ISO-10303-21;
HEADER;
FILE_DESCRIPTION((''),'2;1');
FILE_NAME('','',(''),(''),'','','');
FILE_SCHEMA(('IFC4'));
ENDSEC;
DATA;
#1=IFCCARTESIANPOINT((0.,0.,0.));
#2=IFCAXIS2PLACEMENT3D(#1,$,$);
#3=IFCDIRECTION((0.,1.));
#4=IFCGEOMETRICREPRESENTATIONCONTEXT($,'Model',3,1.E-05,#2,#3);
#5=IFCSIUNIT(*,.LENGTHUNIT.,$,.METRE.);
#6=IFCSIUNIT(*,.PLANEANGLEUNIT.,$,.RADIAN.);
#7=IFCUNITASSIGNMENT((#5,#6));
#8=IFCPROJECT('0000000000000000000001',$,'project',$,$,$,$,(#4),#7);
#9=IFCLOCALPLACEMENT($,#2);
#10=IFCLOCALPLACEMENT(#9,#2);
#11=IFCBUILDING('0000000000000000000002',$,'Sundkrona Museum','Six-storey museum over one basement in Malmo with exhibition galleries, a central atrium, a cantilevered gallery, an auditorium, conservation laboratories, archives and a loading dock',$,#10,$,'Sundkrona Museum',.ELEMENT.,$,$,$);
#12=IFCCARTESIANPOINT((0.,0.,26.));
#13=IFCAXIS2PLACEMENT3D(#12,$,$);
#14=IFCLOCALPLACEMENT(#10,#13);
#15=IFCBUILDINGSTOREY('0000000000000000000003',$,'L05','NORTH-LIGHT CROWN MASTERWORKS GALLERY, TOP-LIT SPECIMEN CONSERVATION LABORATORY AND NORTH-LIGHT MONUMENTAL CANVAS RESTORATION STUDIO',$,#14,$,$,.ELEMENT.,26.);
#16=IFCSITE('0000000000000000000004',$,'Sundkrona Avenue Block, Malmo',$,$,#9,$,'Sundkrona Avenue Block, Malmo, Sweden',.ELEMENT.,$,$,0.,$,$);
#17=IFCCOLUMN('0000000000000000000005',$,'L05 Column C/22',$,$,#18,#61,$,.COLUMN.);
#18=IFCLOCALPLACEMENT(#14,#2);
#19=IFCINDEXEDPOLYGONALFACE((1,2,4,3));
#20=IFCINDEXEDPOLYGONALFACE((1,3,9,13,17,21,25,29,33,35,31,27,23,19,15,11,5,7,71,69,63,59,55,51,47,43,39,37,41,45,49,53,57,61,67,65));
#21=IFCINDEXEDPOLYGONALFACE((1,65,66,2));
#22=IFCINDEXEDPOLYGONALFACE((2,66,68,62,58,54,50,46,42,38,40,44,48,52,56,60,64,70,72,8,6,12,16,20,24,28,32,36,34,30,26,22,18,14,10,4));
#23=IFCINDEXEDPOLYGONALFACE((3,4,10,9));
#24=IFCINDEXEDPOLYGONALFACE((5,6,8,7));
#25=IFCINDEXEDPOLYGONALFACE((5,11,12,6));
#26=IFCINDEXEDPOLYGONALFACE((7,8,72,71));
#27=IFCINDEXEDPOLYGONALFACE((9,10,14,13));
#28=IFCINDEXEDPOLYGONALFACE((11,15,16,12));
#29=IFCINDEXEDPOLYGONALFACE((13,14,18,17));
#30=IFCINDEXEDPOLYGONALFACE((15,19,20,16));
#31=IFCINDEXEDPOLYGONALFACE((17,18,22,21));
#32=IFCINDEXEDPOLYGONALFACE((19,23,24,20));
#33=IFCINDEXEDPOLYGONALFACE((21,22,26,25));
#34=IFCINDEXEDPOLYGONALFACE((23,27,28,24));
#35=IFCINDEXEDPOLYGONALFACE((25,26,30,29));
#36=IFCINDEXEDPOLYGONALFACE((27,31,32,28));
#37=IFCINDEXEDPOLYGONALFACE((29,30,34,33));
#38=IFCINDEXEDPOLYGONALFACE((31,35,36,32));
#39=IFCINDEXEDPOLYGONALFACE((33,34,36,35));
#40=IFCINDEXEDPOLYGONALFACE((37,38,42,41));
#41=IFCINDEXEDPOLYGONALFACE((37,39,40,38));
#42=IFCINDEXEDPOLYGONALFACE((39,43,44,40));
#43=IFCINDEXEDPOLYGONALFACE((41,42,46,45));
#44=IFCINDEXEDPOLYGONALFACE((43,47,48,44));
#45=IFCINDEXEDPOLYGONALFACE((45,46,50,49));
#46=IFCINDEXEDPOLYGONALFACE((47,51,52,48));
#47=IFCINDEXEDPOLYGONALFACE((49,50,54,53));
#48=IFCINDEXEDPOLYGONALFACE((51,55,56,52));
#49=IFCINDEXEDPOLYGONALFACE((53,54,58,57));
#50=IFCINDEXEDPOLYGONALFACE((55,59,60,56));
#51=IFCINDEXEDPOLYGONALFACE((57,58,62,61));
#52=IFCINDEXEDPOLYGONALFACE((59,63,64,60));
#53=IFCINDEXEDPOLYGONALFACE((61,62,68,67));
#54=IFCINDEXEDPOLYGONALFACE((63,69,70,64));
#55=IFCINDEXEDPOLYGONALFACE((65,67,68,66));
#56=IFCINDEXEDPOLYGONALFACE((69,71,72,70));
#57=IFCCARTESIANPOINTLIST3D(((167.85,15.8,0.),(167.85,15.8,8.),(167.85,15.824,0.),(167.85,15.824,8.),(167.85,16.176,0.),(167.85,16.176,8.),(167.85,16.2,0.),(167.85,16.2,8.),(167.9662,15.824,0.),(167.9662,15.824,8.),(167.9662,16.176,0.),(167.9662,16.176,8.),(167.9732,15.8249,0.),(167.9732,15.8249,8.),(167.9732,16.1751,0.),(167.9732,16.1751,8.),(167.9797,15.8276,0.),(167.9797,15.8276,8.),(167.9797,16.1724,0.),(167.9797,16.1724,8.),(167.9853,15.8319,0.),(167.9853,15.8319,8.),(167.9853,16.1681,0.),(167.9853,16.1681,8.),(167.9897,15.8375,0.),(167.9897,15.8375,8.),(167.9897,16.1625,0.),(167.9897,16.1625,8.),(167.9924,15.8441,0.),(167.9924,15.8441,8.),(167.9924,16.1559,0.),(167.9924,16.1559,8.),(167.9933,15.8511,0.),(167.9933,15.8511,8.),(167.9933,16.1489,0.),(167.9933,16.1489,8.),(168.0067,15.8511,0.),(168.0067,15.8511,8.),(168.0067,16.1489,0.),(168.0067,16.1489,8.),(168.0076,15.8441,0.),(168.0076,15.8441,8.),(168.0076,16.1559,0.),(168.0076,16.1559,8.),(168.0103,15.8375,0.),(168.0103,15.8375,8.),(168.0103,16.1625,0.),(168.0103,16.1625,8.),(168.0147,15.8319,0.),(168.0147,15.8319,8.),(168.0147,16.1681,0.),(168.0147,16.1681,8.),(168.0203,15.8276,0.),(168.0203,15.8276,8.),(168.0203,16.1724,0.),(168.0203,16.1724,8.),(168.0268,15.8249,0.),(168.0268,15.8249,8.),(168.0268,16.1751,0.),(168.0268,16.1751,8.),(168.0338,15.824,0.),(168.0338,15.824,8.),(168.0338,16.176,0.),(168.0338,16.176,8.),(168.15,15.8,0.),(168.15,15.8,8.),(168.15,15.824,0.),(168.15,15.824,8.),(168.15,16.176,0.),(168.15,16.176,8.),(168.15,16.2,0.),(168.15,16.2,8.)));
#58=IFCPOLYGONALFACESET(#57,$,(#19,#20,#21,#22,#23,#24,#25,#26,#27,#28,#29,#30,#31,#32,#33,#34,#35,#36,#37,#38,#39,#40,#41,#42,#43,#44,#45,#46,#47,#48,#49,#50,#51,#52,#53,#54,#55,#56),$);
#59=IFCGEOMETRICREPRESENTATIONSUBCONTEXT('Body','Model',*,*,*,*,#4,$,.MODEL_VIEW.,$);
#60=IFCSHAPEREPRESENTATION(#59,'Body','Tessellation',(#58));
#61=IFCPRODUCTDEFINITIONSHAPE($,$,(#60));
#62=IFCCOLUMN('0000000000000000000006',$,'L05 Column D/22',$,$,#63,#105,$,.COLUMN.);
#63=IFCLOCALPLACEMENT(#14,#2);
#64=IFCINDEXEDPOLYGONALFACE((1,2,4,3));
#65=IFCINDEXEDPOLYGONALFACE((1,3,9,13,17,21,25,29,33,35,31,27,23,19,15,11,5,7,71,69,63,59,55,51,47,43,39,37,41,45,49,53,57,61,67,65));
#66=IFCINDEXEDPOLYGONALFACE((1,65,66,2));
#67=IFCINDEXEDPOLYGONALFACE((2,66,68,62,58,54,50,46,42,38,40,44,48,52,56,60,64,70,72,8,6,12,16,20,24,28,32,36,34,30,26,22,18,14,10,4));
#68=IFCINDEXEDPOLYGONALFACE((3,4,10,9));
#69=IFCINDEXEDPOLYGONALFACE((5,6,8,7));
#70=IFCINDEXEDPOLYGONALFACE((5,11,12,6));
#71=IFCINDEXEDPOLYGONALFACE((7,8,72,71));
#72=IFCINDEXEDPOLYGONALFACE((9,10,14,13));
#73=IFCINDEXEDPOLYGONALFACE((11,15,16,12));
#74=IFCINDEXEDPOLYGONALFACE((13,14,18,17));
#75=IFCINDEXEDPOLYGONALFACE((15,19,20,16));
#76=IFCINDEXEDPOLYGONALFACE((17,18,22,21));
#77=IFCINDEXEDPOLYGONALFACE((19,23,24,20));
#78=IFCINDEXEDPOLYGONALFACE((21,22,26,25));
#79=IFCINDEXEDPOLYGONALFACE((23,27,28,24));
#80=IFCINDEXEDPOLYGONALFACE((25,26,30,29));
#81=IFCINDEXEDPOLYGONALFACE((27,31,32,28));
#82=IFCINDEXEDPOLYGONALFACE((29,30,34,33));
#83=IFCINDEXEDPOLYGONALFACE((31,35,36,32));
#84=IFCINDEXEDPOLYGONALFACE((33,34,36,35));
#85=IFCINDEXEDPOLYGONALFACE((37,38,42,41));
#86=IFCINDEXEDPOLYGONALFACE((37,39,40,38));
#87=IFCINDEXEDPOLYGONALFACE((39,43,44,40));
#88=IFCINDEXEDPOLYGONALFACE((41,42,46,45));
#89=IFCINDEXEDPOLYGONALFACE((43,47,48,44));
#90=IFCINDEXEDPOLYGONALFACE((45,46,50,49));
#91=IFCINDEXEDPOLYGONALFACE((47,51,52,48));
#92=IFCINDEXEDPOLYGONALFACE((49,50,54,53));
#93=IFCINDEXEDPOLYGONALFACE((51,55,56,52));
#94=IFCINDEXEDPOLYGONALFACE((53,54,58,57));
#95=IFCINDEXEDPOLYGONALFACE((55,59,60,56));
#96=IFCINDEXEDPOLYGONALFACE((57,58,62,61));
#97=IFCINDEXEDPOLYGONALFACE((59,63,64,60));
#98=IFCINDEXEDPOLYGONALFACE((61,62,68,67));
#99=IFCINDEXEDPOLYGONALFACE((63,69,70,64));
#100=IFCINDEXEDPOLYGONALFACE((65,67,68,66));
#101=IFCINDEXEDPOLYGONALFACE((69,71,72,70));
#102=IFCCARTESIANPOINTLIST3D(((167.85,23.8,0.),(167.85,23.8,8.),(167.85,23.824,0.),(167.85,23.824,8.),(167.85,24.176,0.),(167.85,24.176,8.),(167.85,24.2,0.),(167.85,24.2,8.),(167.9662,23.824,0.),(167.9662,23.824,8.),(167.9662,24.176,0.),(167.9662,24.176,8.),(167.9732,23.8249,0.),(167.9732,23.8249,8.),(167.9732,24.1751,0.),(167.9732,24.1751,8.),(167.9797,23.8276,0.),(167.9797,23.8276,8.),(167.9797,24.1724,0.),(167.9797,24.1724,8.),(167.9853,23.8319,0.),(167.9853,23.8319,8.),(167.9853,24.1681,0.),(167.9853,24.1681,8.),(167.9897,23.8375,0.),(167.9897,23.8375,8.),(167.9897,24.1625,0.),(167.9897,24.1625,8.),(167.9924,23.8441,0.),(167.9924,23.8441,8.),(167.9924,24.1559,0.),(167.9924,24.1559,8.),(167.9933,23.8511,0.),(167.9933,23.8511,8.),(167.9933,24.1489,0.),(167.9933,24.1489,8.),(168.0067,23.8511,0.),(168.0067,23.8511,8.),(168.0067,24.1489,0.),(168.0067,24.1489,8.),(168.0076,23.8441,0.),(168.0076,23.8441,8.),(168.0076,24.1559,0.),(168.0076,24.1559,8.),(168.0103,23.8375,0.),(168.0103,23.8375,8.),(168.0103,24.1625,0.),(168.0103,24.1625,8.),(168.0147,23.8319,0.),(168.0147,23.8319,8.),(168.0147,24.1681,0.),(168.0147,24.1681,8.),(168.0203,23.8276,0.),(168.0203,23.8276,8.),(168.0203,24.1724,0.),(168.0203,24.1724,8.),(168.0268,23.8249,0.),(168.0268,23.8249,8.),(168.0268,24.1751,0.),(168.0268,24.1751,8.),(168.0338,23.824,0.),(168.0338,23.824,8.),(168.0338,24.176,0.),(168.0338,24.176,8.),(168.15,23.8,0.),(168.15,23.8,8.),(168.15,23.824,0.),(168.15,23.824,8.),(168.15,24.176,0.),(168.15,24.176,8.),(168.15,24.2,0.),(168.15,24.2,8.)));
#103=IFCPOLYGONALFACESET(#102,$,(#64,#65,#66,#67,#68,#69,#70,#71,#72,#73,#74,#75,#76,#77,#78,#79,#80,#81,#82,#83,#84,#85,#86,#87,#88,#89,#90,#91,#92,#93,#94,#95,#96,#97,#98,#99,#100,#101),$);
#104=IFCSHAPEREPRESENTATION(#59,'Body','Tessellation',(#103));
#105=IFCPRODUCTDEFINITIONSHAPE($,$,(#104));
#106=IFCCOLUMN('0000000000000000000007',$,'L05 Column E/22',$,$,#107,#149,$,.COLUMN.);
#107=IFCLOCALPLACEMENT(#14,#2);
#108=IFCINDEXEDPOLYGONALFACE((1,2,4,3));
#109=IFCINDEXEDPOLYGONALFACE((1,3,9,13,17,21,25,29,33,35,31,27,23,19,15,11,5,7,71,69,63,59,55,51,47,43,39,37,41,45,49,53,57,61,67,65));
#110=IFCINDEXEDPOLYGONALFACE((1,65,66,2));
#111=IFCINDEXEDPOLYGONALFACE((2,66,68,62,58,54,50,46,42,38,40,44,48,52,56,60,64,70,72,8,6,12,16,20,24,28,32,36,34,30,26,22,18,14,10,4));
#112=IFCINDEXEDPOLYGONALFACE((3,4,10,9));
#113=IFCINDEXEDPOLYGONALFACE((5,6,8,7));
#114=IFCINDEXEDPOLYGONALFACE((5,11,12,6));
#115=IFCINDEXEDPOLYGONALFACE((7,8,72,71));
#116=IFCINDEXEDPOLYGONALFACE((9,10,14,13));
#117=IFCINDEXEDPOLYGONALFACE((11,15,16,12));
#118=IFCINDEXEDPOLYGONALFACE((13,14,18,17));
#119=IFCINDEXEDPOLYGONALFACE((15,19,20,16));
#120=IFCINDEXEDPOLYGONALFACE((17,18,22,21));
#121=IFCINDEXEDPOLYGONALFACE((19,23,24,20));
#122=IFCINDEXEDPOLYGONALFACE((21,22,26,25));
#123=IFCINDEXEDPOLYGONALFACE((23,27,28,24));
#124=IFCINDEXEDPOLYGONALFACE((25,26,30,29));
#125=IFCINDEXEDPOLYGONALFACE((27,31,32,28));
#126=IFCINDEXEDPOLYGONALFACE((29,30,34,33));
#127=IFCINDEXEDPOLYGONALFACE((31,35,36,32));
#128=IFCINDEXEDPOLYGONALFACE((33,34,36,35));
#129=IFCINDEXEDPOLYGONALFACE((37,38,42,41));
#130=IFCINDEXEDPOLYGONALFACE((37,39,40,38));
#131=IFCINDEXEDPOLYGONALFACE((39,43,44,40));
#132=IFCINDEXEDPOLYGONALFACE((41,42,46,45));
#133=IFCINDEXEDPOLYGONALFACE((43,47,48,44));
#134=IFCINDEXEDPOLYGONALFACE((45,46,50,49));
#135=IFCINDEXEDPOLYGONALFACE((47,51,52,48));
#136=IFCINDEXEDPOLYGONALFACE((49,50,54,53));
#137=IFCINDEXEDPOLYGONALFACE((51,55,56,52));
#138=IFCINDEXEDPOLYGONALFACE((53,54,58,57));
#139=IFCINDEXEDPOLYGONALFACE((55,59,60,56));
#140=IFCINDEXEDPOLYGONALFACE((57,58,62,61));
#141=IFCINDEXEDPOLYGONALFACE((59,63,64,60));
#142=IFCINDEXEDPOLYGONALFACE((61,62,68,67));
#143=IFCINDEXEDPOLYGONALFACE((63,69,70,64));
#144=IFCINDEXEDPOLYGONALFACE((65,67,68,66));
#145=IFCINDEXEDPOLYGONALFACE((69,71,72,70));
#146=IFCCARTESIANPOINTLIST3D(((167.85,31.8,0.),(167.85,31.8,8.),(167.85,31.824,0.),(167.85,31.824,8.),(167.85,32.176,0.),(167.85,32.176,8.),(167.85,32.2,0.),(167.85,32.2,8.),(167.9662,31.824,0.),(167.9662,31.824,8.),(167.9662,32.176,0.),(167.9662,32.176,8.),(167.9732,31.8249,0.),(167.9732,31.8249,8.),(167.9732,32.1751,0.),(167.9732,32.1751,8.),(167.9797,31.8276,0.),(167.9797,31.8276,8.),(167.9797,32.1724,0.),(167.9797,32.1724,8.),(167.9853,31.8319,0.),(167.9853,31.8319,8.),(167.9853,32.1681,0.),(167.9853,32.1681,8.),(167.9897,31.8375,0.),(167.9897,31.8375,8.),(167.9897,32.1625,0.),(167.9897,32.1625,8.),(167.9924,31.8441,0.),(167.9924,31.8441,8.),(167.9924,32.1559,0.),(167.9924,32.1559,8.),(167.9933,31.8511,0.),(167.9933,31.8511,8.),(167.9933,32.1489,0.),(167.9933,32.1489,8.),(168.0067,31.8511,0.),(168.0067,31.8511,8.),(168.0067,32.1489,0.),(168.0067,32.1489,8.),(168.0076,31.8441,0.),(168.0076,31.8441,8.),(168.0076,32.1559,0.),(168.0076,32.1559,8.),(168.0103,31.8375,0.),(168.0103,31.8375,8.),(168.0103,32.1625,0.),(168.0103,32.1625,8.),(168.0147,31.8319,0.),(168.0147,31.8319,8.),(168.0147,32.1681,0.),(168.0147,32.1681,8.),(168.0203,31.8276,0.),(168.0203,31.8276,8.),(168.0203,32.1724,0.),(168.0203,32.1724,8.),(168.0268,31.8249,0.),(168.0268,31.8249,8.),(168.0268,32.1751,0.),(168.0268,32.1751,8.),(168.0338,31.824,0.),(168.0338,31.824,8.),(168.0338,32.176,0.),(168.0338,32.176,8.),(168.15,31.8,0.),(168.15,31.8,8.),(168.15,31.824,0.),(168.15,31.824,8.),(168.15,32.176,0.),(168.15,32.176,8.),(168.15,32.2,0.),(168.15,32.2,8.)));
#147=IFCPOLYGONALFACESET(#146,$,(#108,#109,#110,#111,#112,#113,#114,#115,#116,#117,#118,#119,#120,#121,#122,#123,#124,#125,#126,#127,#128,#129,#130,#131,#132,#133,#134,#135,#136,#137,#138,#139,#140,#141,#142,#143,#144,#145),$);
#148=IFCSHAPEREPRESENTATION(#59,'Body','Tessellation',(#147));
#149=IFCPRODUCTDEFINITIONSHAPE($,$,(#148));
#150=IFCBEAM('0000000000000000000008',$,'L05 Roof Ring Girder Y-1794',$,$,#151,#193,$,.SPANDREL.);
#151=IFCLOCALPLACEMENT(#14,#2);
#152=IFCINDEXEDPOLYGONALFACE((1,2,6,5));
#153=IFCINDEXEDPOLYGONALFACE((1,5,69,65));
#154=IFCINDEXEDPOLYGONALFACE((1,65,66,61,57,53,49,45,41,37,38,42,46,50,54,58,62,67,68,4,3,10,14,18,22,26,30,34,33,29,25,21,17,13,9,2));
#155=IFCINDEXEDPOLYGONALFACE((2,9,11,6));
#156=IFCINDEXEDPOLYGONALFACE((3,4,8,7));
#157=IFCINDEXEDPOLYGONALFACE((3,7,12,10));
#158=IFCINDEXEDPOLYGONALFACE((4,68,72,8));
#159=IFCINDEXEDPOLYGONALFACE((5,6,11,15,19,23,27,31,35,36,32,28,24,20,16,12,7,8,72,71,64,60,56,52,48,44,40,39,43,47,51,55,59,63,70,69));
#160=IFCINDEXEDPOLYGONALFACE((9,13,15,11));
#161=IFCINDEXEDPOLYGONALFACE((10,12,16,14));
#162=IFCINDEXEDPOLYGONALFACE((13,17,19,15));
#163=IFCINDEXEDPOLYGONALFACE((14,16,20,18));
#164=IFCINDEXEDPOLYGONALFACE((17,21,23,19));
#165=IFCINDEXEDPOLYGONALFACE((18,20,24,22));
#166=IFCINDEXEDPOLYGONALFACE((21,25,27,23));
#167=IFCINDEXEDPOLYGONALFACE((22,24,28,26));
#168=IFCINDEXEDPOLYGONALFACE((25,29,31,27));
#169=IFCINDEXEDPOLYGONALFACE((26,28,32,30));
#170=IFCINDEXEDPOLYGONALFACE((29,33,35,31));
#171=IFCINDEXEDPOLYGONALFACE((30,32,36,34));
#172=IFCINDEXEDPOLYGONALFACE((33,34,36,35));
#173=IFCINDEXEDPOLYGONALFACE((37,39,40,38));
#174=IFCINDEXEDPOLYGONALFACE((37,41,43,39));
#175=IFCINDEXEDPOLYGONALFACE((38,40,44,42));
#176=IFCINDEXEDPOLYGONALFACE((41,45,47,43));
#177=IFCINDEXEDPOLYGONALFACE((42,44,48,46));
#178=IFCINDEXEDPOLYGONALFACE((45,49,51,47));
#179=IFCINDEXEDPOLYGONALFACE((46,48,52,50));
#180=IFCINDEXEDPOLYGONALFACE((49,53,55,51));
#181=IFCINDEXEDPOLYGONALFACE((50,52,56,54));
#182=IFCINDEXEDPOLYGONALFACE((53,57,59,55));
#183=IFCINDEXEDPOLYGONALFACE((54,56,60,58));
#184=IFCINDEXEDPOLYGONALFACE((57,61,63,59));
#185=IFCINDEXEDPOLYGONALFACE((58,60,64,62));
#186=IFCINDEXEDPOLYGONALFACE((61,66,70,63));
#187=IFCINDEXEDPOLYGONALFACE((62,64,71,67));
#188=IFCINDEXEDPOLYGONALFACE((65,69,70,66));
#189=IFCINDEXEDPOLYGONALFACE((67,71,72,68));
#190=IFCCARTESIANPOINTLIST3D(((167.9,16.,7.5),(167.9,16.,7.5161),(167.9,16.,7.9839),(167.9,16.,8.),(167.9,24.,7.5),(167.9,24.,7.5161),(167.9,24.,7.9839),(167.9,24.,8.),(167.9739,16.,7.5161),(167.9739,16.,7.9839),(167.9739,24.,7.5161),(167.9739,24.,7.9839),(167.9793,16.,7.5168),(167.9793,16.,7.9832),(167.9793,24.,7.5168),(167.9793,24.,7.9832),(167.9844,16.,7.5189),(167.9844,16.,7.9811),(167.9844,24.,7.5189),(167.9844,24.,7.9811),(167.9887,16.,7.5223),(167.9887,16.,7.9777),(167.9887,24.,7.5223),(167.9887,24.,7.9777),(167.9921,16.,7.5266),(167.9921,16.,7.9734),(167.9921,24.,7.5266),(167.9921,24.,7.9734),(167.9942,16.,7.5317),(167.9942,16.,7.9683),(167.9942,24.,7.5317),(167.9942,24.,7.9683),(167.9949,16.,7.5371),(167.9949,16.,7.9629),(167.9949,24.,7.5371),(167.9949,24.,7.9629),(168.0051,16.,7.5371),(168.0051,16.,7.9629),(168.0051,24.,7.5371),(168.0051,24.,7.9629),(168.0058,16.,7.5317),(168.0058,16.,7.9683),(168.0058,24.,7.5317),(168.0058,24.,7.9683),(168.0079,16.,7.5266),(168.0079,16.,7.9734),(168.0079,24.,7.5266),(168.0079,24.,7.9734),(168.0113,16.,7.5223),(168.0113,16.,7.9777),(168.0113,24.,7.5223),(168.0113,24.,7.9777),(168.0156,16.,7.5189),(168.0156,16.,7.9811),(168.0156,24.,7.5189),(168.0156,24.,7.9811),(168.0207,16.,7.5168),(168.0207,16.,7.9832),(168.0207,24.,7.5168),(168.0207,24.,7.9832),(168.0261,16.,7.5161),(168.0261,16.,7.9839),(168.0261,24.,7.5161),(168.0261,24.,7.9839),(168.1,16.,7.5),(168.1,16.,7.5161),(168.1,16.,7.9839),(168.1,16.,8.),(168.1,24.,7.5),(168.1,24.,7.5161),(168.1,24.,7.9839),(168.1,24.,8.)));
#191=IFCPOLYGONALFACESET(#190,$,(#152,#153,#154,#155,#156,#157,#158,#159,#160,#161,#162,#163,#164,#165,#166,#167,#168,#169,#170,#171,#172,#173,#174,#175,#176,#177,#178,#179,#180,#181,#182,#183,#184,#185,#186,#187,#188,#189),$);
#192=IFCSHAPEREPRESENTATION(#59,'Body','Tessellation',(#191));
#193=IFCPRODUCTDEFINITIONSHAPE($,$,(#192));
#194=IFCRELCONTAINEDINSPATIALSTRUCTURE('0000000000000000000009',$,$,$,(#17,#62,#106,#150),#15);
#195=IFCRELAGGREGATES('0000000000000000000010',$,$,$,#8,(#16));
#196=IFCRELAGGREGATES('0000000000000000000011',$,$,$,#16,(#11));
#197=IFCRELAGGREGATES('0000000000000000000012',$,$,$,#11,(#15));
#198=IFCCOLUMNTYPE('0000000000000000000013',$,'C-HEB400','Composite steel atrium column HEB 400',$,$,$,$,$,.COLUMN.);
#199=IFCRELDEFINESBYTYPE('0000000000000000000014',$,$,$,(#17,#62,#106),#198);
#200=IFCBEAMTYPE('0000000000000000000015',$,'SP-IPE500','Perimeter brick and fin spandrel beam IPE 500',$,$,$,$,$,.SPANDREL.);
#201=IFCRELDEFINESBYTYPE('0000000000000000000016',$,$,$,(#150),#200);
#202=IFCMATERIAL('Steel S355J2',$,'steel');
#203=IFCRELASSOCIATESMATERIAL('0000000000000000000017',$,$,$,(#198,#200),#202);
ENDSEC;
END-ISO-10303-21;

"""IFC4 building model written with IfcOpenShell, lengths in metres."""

from ifc_helpers import new_model, si_unit, direction, frame, origin, origin_2d, place, context, subcontext, project, spatial, i_section, extrude, material, material_profile, profile_set, type_object, element, save


model = new_model("IFC4")

# Units and contexts
model_context = context("Model", 3, precision=1e-05, world=origin(), true_north=direction((0.0, 1.0)))
body_context = subcontext(model_context, "Body", "Model", "MODEL_VIEW")
ifc_project = project(units=[si_unit("LENGTHUNIT", "METRE"), si_unit("PLANEANGLEUNIT", "RADIAN")], contexts=[model_context])

# Site, building, storey
site_placement = place(None, origin())
site = spatial("IfcSite", under=ifc_project, at=site_placement, Name="Sundkrona Avenue Block, Malmo", LongName="Sundkrona Avenue Block, Malmo, Sweden", CompositionType="ELEMENT", RefElevation=0.0)
building_placement = place(site_placement, origin())
building = spatial("IfcBuilding", under=site, at=building_placement, Name="Sundkrona Museum", Description="Six-storey museum over one basement in Malmo with exhibition galleries, a central atrium, a cantilevered gallery, an auditorium, conservation laboratories, archives and a loading dock", LongName="Sundkrona Museum", CompositionType="ELEMENT")
storey_placement = place(building_placement, frame((0.0, 0.0, 26.0)))
storey = spatial("IfcBuildingStorey", under=building, at=storey_placement, Name="L05", Description="NORTH-LIGHT CROWN MASTERWORKS GALLERY, TOP-LIT SPECIMEN CONSERVATION LABORATORY AND NORTH-LIGHT MONUMENTAL CANVAS RESTORATION STUDIO", CompositionType="ELEMENT", Elevation=26.0)

# Columns
ifc_material_1 = material(Name="Steel S355J2", Category="steel")
ifc_material_profile_1 = material_profile(ifc_material_1, i_section(OverallWidth=0.3, OverallDepth=0.3999, WebThickness=0.0134, FlangeThickness=0.0239, FilletRadius=0.0271, at=origin_2d()), Name="HEB 400")
ifc_profile_set_1 = profile_set([ifc_material_profile_1], Name="Steel S355J2")
column_type = type_object("IfcColumnType", Name="C-HEB400", Description="Composite steel atrium column HEB 400", PredefinedType="COLUMN", material=ifc_profile_set_1)
for number, where, z_axis, x_axis, name in (
    (1, (168.0, 16.0, 0.0), (0.0, 0.0, 1.0), (1.0, 0.0, 0.0), "L05 Column C/22"),
    (2, (168.0, 24.0, 0.0), (0.0, 0.0, 1.0), (1.0, 0.0, 0.0), "L05 Column D/22"),
    (3, (168.0, 32.0, 0.0), (0.0, 0.0, 1.0), (1.0, 0.0, 0.0), "L05 Column E/22"),
):
    element("IfcColumn", number, at=place(storey_placement, frame(where, z_axis=z_axis, x_axis=x_axis)), inside=storey, type_object=column_type, Name=name, PredefinedType="COLUMN", context=body_context, shape_type="SweptSolid", body=[
        extrude(i_section(OverallWidth=0.3, OverallDepth=0.3999, WebThickness=0.0134, FlangeThickness=0.0239, FilletRadius=0.0271, at=origin_2d()), origin(), (0.0, 0.0, 1.0), 8.0),
    ])

# Beam
ifc_material_profile_2 = material_profile(ifc_material_1, i_section(OverallWidth=0.2, OverallDepth=0.5, WebThickness=0.0103, FlangeThickness=0.0161, FilletRadius=0.021, at=origin_2d()), Name="IPE 500")
ifc_profile_set_2 = profile_set([ifc_material_profile_2], Name="Steel S355J2")
beam_type = type_object("IfcBeamType", Name="SP-IPE500", Description="Perimeter brick and fin spandrel beam IPE 500", PredefinedType="SPANDREL", material=ifc_profile_set_2)
for number, where, z_axis, x_axis, name in (
    (4, (168.0, 16.0, 7.75), (0.0, 1.0, 0.0), (-1.0, 0.0, 0.0), "L05 Roof Ring Girder Y-1794"),
):
    element("IfcBeam", number, at=place(storey_placement, frame(where, z_axis=z_axis, x_axis=x_axis)), inside=storey, type_object=beam_type, Name=name, PredefinedType="SPANDREL", context=body_context, shape_type="SweptSolid", body=[
        extrude(i_section(OverallWidth=0.2, OverallDepth=0.5, WebThickness=0.0103, FlangeThickness=0.0161, FilletRadius=0.021, at=origin_2d()), origin(), (0.0, 0.0, 1.0), 8.0),
    ])

save(model, "model.ifc")
